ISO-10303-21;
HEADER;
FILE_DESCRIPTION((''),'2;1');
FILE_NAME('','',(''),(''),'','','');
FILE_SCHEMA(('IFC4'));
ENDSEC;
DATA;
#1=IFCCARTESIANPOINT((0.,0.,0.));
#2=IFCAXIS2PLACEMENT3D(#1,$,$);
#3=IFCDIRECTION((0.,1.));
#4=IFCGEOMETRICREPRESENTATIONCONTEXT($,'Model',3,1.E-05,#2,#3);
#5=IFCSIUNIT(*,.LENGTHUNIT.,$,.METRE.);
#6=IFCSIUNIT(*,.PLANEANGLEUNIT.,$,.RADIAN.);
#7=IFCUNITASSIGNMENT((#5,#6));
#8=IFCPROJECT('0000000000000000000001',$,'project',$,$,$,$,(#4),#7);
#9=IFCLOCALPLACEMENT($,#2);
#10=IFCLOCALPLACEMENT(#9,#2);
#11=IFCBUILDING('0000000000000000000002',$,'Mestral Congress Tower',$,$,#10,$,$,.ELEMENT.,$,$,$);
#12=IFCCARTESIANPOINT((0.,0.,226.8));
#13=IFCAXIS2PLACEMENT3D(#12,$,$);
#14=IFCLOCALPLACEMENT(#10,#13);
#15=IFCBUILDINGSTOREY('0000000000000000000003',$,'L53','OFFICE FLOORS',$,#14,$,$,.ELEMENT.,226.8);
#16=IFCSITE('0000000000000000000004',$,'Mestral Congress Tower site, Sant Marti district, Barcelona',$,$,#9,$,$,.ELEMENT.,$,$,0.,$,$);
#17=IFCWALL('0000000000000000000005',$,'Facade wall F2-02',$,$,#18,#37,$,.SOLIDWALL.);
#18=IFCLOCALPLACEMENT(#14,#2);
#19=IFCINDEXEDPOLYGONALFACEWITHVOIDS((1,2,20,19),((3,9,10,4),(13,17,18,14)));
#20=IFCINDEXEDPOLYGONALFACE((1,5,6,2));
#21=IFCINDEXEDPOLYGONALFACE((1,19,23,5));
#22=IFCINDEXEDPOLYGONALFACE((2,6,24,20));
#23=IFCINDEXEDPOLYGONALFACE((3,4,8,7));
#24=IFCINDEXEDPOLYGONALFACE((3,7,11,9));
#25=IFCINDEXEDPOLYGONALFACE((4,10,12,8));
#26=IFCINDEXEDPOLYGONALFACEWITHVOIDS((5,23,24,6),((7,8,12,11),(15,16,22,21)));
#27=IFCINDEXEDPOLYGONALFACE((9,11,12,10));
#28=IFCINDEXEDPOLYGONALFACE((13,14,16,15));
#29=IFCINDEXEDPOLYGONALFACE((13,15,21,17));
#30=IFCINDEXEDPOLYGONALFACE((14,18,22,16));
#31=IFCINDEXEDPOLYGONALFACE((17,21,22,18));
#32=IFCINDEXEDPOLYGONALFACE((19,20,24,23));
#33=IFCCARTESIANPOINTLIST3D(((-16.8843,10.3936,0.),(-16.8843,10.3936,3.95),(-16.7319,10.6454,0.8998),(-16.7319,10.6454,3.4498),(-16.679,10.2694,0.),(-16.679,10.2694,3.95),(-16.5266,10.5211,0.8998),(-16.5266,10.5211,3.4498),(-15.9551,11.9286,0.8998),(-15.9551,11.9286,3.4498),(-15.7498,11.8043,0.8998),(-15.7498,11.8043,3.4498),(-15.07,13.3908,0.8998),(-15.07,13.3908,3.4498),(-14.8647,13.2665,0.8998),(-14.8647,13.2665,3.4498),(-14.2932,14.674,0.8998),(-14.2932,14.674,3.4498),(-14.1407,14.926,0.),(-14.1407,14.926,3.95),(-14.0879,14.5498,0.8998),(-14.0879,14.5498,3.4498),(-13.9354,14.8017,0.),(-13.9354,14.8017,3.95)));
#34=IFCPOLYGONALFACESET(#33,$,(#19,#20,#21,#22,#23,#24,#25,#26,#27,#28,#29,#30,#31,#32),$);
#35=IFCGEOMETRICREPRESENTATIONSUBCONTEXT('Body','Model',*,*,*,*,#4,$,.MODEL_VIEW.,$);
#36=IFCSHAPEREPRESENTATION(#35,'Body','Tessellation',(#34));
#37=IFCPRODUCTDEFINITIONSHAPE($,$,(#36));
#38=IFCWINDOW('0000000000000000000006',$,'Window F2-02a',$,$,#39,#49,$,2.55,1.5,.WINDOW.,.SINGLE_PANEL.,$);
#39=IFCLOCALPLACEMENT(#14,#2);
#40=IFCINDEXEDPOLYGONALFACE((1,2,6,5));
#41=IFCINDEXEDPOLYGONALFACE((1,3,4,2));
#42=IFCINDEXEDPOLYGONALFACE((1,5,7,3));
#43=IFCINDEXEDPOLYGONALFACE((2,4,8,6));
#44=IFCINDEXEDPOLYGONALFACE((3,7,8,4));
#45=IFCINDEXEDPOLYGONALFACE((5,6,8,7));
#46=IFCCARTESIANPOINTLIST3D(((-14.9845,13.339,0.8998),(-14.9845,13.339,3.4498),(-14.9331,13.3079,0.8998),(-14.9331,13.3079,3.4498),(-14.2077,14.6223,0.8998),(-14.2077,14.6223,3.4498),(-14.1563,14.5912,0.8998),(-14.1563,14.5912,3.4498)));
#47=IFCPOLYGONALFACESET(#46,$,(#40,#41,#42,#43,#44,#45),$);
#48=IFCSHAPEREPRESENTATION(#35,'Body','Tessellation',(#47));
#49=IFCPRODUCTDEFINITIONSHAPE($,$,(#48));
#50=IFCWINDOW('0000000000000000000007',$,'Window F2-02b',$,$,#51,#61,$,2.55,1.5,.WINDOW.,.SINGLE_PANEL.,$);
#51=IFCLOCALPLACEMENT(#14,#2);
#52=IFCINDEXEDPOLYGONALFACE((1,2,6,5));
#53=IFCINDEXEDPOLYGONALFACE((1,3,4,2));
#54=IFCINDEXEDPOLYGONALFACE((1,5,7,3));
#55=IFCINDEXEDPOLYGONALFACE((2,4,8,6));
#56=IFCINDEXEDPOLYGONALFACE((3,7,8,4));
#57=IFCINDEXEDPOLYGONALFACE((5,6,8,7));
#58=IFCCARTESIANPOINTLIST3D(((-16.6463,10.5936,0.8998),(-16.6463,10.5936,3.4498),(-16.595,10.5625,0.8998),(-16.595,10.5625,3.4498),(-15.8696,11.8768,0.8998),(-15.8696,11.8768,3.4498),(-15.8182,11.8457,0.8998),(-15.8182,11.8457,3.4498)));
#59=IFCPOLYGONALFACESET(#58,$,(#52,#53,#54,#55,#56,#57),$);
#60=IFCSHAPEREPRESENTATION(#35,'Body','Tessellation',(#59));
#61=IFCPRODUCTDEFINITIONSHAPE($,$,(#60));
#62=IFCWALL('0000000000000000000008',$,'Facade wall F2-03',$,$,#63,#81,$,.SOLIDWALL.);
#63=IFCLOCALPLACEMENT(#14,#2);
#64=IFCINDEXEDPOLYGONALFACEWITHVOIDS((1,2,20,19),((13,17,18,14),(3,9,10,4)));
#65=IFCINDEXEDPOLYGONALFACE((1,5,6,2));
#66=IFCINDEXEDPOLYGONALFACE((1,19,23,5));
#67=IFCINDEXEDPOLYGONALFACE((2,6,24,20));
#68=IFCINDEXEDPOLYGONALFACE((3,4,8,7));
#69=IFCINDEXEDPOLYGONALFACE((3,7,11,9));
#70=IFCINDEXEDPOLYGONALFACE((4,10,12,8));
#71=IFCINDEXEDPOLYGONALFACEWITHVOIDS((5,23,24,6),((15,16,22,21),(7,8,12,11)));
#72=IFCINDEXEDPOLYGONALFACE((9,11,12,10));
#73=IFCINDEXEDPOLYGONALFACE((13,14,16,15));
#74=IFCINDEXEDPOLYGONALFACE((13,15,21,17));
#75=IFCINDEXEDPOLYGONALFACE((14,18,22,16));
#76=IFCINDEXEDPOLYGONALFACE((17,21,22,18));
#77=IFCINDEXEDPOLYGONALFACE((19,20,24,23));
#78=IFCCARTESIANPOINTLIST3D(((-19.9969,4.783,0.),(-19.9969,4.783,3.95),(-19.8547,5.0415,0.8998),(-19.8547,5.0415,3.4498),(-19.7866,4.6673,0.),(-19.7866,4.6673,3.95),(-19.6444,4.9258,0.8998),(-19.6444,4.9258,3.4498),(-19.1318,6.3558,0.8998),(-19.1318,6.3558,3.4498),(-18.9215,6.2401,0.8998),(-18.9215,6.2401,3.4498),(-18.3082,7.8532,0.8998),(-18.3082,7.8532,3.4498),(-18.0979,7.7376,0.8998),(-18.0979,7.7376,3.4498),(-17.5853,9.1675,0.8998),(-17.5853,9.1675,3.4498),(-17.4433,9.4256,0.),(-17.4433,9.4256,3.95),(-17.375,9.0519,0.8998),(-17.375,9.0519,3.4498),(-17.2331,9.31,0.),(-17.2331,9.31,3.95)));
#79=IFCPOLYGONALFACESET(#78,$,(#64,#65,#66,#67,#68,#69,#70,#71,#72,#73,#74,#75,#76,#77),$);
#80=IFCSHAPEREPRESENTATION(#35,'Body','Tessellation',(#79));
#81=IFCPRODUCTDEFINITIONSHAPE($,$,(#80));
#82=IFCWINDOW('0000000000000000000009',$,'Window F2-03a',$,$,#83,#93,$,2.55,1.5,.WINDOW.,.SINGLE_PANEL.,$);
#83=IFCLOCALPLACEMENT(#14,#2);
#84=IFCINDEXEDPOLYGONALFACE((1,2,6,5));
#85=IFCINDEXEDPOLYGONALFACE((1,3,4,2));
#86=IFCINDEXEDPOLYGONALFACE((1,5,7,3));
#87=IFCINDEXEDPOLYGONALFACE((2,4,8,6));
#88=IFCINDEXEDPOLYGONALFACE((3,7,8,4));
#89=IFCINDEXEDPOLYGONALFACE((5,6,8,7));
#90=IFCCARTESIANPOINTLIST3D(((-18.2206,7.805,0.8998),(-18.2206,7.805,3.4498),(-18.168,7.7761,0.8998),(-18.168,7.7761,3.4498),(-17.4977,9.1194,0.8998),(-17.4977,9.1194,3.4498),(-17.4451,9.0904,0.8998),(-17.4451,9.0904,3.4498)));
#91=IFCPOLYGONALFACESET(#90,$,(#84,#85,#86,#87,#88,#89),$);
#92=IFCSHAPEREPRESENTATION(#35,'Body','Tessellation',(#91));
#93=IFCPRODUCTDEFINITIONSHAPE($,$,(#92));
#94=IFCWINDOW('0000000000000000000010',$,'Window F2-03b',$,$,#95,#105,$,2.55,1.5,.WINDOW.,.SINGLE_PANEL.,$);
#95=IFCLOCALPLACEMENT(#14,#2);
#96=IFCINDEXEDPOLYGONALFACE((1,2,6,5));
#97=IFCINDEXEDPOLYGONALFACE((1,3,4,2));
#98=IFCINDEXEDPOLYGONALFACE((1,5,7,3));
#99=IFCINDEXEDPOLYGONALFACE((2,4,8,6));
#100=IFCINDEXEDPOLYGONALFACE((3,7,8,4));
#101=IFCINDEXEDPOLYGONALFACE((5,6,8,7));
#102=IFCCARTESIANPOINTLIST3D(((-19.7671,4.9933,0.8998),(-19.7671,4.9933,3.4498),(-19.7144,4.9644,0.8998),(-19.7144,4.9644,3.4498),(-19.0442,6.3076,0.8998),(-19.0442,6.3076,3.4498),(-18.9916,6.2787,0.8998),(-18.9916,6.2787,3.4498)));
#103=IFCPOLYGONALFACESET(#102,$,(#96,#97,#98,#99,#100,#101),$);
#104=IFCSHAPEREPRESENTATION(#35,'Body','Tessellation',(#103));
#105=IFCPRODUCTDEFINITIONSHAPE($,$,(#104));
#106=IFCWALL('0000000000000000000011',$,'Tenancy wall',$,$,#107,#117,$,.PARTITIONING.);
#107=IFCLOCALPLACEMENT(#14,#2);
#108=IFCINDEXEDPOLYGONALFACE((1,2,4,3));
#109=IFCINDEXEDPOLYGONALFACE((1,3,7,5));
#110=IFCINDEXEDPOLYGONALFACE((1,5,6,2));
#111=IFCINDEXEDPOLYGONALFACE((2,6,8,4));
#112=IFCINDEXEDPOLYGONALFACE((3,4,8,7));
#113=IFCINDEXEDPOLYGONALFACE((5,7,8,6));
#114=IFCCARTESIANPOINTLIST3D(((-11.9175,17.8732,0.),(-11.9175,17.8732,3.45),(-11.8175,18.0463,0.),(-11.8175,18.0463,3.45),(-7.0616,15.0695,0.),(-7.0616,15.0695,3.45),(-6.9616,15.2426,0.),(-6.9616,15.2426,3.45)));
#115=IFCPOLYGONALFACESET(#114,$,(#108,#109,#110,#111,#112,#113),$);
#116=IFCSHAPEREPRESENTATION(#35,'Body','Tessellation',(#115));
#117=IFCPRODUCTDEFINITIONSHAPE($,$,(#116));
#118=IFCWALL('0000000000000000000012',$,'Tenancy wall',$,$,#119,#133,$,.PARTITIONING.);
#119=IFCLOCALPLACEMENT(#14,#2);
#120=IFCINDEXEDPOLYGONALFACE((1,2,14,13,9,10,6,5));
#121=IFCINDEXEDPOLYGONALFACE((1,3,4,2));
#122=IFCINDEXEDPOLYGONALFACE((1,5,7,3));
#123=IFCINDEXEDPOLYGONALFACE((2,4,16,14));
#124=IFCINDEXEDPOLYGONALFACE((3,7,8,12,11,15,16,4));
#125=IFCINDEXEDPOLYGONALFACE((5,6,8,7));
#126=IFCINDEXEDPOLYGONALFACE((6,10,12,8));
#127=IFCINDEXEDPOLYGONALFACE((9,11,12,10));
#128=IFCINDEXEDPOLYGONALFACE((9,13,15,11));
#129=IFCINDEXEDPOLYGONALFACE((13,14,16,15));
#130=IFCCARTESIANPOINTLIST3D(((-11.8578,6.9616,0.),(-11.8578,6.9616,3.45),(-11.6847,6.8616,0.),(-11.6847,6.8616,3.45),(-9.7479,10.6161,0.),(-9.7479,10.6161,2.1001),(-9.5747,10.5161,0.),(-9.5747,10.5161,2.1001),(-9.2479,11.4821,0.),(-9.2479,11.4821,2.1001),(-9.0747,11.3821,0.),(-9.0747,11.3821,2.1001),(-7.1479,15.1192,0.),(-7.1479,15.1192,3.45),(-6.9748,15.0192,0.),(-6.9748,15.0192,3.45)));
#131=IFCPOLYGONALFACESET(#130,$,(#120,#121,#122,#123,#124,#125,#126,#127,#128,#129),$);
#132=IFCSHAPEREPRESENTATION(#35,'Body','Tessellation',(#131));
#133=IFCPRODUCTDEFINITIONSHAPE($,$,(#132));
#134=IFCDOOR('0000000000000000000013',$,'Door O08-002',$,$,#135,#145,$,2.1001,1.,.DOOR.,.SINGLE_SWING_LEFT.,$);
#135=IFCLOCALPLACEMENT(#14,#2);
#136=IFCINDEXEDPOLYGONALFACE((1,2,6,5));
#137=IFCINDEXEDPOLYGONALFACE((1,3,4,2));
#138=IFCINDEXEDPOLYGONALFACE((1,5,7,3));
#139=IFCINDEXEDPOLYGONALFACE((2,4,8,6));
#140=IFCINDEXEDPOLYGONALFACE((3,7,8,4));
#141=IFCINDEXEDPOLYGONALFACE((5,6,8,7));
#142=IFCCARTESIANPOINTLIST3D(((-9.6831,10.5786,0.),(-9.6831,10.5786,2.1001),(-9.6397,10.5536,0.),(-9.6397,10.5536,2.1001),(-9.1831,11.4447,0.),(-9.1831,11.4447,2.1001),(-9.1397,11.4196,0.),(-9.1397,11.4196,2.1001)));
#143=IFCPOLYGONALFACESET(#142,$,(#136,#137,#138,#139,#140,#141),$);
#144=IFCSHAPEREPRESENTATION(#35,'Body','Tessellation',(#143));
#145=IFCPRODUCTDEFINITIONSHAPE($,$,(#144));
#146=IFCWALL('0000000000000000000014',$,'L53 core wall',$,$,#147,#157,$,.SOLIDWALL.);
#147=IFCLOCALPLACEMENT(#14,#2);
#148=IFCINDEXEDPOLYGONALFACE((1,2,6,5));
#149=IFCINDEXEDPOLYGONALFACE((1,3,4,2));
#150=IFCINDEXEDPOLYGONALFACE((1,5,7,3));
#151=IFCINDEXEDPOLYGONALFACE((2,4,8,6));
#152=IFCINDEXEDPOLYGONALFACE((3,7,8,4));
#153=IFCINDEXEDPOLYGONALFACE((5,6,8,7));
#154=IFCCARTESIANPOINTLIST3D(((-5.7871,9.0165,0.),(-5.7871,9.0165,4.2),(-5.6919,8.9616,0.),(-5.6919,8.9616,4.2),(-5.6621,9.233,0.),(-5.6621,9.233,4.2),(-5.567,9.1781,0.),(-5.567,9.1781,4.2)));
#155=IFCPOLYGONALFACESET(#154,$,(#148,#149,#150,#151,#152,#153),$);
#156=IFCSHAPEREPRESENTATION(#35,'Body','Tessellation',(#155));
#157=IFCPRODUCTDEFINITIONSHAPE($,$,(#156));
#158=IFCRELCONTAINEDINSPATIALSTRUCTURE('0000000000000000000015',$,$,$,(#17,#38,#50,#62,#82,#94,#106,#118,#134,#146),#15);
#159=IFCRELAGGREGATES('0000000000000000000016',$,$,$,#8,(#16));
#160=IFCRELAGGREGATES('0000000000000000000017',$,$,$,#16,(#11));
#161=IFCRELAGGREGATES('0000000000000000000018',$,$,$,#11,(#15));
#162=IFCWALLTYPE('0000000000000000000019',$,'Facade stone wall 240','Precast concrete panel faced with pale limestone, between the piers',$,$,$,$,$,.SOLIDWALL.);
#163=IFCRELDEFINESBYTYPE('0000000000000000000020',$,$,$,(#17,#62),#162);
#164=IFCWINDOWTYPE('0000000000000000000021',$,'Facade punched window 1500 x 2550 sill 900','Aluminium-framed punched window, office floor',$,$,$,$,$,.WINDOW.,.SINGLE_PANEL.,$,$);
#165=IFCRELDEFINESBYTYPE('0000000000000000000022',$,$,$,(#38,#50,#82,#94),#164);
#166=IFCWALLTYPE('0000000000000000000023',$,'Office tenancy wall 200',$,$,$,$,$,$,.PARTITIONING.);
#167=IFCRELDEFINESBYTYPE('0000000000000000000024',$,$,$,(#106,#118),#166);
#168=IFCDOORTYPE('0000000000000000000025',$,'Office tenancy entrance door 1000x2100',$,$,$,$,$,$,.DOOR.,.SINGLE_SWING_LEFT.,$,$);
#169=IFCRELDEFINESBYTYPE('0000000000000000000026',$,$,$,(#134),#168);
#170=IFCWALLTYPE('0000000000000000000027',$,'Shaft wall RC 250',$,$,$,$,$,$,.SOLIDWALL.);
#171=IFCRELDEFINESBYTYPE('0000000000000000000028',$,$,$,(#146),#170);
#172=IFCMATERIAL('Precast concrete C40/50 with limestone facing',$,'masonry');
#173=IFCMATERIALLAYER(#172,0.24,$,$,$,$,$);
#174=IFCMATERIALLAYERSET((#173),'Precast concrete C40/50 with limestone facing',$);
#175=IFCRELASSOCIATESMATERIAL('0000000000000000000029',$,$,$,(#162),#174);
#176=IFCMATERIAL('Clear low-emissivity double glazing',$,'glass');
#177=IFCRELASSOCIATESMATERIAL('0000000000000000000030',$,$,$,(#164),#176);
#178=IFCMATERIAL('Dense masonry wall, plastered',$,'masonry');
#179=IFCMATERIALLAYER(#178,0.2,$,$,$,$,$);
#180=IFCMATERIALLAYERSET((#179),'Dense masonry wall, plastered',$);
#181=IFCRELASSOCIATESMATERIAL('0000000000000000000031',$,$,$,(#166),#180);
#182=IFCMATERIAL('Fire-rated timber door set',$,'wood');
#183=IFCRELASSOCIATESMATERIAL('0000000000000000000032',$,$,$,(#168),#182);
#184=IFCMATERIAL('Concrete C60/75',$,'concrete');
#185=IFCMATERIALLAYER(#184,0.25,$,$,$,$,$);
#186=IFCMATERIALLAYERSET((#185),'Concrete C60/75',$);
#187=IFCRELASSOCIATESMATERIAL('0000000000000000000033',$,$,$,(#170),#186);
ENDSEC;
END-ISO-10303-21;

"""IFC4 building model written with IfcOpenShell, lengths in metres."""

from ifc_helpers import new_model, si_unit, direction, frame, frame_2d, origin, place, context, subcontext, project, spatial, rectangle, extrude, material, layer, layer_set, type_object, element, fill, save


model = new_model("IFC4")

# Units and contexts
model_context = context("Model", 3, precision=1e-05, world=origin(), true_north=direction((0.0, 1.0)))
body_context = subcontext(model_context, "Body", "Model", "MODEL_VIEW")
ifc_project = project(units=[si_unit("LENGTHUNIT", "METRE"), si_unit("PLANEANGLEUNIT", "RADIAN")], contexts=[model_context])

# Site, building, storey
site_placement = place(None, origin())
site = spatial("IfcSite", under=ifc_project, at=site_placement, Name="Mestral Congress Tower site, Sant Marti district, Barcelona", CompositionType="ELEMENT", RefElevation=0.0)
building_placement = place(site_placement, origin())
building = spatial("IfcBuilding", under=site, at=building_placement, Name="Mestral Congress Tower", CompositionType="ELEMENT")
storey_placement = place(building_placement, frame((0.0, 0.0, 226.8)))
storey = spatial("IfcBuildingStorey", under=building, at=storey_placement, Name="L53", Description="OFFICE FLOORS", CompositionType="ELEMENT", Elevation=226.8)

# Shared definitions
ifc_material_1 = material(Name="Concrete C60/75", Category="concrete")

# Walls, openings, windows
ifc_material_2 = material(Name="Precast concrete C40/50 with limestone facing", Category="masonry")
ifc_layer_1 = layer(ifc_material_2, 0.24)
ifc_layer_set_1 = layer_set([ifc_layer_1], Name="Precast concrete C40/50 with limestone facing")
wall_type_1 = type_object("IfcWallType", Name="Facade stone wall 240", Description="Precast concrete panel faced with pale limestone, between the piers", PredefinedType="SOLIDWALL", material=ifc_layer_set_1)
wall_1_placement = place(storey_placement, frame((-14.0381, 14.8638, 0.0), z_axis=(0.0, 0.0, 1.0), x_axis=(-0.517846, -0.855474, 0.0)))
wall_1 = element("IfcWall", 1, at=wall_1_placement, inside=storey, type_object=wall_type_1, Name="Facade wall F2-02", PredefinedType="SOLIDWALL", context=body_context, shape_type="SweptSolid", body=[
    extrude(rectangle(XDim=5.2981, YDim=0.24, at=frame_2d((2.6489, 0.0))), origin(), (0.0, 0.0, 1.0), 3.95),
])
opening_1_placement = place(wall_1_placement, frame((0.2944, 0.0, 0.8999)))
opening_1 = element("IfcOpeningElement", 2, at=opening_1_placement, cuts=wall_1, PredefinedType="OPENING", context=body_context, shape_type="SweptSolid", body=[
    extrude(rectangle(XDim=1.5, YDim=2.55, at=frame_2d((0.75, 1.2749))), frame((0.0, 0.1299, 0.0), z_axis=(0.0, -1.0, 0.0), x_axis=(1.0, 0.0, 0.0)), (0.0, 0.0, 1.0), 0.26),
])
opening_2_placement = place(wall_1_placement, frame((3.5037, 0.0, 0.8999)))
opening_2 = element("IfcOpeningElement", 3, at=opening_2_placement, cuts=wall_1, PredefinedType="OPENING", context=body_context, shape_type="SweptSolid", body=[
    extrude(rectangle(XDim=1.5, YDim=2.55, at=frame_2d((0.75, 1.2749))), frame((0.0, 0.1299, 0.0), z_axis=(0.0, -1.0, 0.0), x_axis=(1.0, 0.0, 0.0)), (0.0, 0.0, 1.0), 0.26),
])
ifc_material_3 = material(Name="Clear low-emissivity double glazing", Category="glass")
window_type = type_object("IfcWindowType", Name="Facade punched window 1500 x 2550 sill 900", Description="Aluminium-framed punched window, office floor", PartitioningType="SINGLE_PANEL", PredefinedType="WINDOW", material=ifc_material_3)
window_1_placement = place(opening_1_placement, origin())
window_1 = element("IfcWindow", 4, at=window_1_placement, inside=storey, type_object=window_type, Name="Window F2-02a", OverallHeight=2.55, OverallWidth=1.5, PartitioningType="SINGLE_PANEL", PredefinedType="WINDOW", context=body_context, shape_type="SweptSolid", body=[
    extrude(rectangle(XDim=1.5, YDim=2.55, at=frame_2d((0.75, 1.2749))), frame((0.0, 0.04, 0.0), z_axis=(0.0, -1.0, 0.0), x_axis=(1.0, 0.0, 0.0)), (0.0, 0.0, 1.0), 0.0601),
])
fill(opening_1, window_1)
window_2_placement = place(opening_2_placement, origin())
window_2 = element("IfcWindow", 5, at=window_2_placement, inside=storey, type_object=window_type, Name="Window F2-02b", OverallHeight=2.55, OverallWidth=1.5, PartitioningType="SINGLE_PANEL", PredefinedType="WINDOW", context=body_context, shape_type="SweptSolid", body=[
    extrude(rectangle(XDim=1.5, YDim=2.55, at=frame_2d((0.75, 1.2749))), frame((0.0, 0.04, 0.0), z_axis=(0.0, -1.0, 0.0), x_axis=(1.0, 0.0, 0.0)), (0.0, 0.0, 1.0), 0.0601),
])
fill(opening_2, window_2)
wall_2_placement = place(storey_placement, frame((-17.3381, 9.3679, 0.0), z_axis=(0.0, 0.0, 1.0), x_axis=(-0.481926, -0.876212, 0.0)))
wall_2 = element("IfcWall", 6, at=wall_2_placement, inside=storey, type_object=wall_type_1, Name="Facade wall F2-03", PredefinedType="SOLIDWALL", context=body_context, shape_type="SweptSolid", body=[
    extrude(rectangle(XDim=5.2986, YDim=0.24, at=frame_2d((2.6494, 0.0))), origin(), (0.0, 0.0, 1.0), 3.95),
])
opening_3_placement = place(wall_2_placement, frame((0.2947, 0.0, 0.8999)))
opening_3 = element("IfcOpeningElement", 7, at=opening_3_placement, cuts=wall_2, PredefinedType="OPENING", context=body_context, shape_type="SweptSolid", body=[
    extrude(rectangle(XDim=1.5, YDim=2.55, at=frame_2d((0.75, 1.2749))), frame((0.0, 0.1299, 0.0), z_axis=(0.0, -1.0, 0.0), x_axis=(1.0, 0.0, 0.0)), (0.0, 0.0, 1.0), 0.26),
])
opening_4_placement = place(wall_2_placement, frame((3.5037, 0.0, 0.8999)))
opening_4 = element("IfcOpeningElement", 8, at=opening_4_placement, cuts=wall_2, PredefinedType="OPENING", context=body_context, shape_type="SweptSolid", body=[
    extrude(rectangle(XDim=1.5, YDim=2.55, at=frame_2d((0.75, 1.2749))), frame((0.0, 0.1299, 0.0), z_axis=(0.0, -1.0, 0.0), x_axis=(1.0, 0.0, 0.0)), (0.0, 0.0, 1.0), 0.26),
])
window_3_placement = place(opening_3_placement, origin())
window_3 = element("IfcWindow", 9, at=window_3_placement, inside=storey, type_object=window_type, Name="Window F2-03a", OverallHeight=2.55, OverallWidth=1.5, PartitioningType="SINGLE_PANEL", PredefinedType="WINDOW", context=body_context, shape_type="SweptSolid", body=[
    extrude(rectangle(XDim=1.5, YDim=2.55, at=frame_2d((0.75, 1.2749))), frame((0.0, 0.04, 0.0), z_axis=(0.0, -1.0, 0.0), x_axis=(1.0, 0.0, 0.0)), (0.0, 0.0, 1.0), 0.0601),
])
fill(opening_3, window_3)
window_4_placement = place(opening_4_placement, origin())
window_4 = element("IfcWindow", 10, at=window_4_placement, inside=storey, type_object=window_type, Name="Window F2-03b", OverallHeight=2.55, OverallWidth=1.5, PartitioningType="SINGLE_PANEL", PredefinedType="WINDOW", context=body_context, shape_type="SweptSolid", body=[
    extrude(rectangle(XDim=1.5, YDim=2.55, at=frame_2d((0.75, 1.2749))), frame((0.0, 0.04, 0.0), z_axis=(0.0, -1.0, 0.0), x_axis=(1.0, 0.0, 0.0)), (0.0, 0.0, 1.0), 0.0601),
])
fill(opening_4, window_4)

# Wall
ifc_material_4 = material(Name="Dense masonry wall, plastered", Category="masonry")
ifc_layer_2 = layer(ifc_material_4, 0.2)
ifc_layer_set_2 = layer_set([ifc_layer_2], Name="Dense masonry wall, plastered")
wall_type_2 = type_object("IfcWallType", Name="Office tenancy wall 200", PredefinedType="PARTITIONING", material=ifc_layer_set_2)
wall_3_placement = place(storey_placement, frame((-7.0115, 15.156, 0.0), z_axis=(0.0, 0.0, 1.0), x_axis=(-0.866016, 0.500016, 0.0)))
element("IfcWall", 11, at=wall_3_placement, inside=storey, type_object=wall_type_2, Name="Tenancy wall", PredefinedType="PARTITIONING", context=body_context, shape_type="SweptSolid", body=[
    extrude(rectangle(XDim=5.6072, YDim=0.2, at=frame_2d((2.8037, 0.0))), origin(), (0.0, 0.0, 1.0), 3.45),
])

# Wall, opening, door
wall_4_placement = place(storey_placement, frame((-7.0613, 15.0693, 0.0), z_axis=(0.0, 0.0, 1.0), x_axis=(-0.500008, -0.866021, 0.0)))
wall_4 = element("IfcWall", 12, at=wall_4_placement, inside=storey, type_object=wall_type_2, Name="Tenancy wall", PredefinedType="PARTITIONING", context=body_context, shape_type="SweptSolid", body=[
    extrude(rectangle(XDim=9.4197, YDim=0.2, at=frame_2d((4.71, 0.0))), origin(), (0.0, 0.0, 1.0), 3.45),
])
opening_5_placement = place(wall_4_placement, frame((4.2, 0.0, 0.0)))
opening_5 = element("IfcOpeningElement", 13, at=opening_5_placement, cuts=wall_4, PredefinedType="OPENING", context=body_context, shape_type="SweptSolid", body=[
    extrude(rectangle(XDim=1.0, YDim=2.1001, at=frame_2d((0.5, 1.05))), frame((0.0, 0.1099, 0.0), z_axis=(0.0, -1.0, 0.0), x_axis=(1.0, 0.0, 0.0)), (0.0, 0.0, 1.0), 0.22),
])
ifc_material_5 = material(Name="Fire-rated timber door set", Category="wood")
door_type_1 = type_object("IfcDoorType", Name="Office tenancy entrance door 1000x2100", OperationType="SINGLE_SWING_LEFT", PredefinedType="DOOR", material=ifc_material_5)
door_1_placement = place(opening_5_placement, origin())
door_1 = element("IfcDoor", 14, at=door_1_placement, inside=storey, type_object=door_type_1, Name="Door O08-002", OperationType="SINGLE_SWING_LEFT", OverallHeight=2.1001, OverallWidth=1.0, PredefinedType="DOOR", context=body_context, shape_type="SweptSolid", body=[
    extrude(rectangle(XDim=1.0, YDim=2.1001, at=frame_2d((0.5, 1.05))), frame((0.0, 0.0249, 0.0), z_axis=(0.0, -1.0, 0.0), x_axis=(1.0, 0.0, 0.0)), (0.0, 0.0, 1.0), 0.05),
])
fill(opening_5, door_1)

# Wall
ifc_layer_3 = layer(ifc_material_1, 0.25)
ifc_layer_set_3 = layer_set([ifc_layer_3], Name="Concrete C60/75")
wall_type_3 = type_object("IfcWallType", Name="Shaft wall RC 250", PredefinedType="SOLIDWALL", material=ifc_layer_set_3)
wall_5_placement = place(storey_placement, frame((-5.7246, 9.1248, 0.0), z_axis=(0.0, 0.0, 1.0), x_axis=(0.866186, -0.499722, 0.0)))
element("IfcWall", 15, at=wall_5_placement, inside=storey, type_object=wall_type_3, Name="L53 core wall", PredefinedType="SOLIDWALL", context=body_context, shape_type="SweptSolid", body=[
    extrude(rectangle(XDim=0.1099, YDim=0.25, at=frame_2d((0.0549, 0.0))), origin(), (0.0, 0.0, 1.0), 4.2),
])

save(model, "model.ifc")
